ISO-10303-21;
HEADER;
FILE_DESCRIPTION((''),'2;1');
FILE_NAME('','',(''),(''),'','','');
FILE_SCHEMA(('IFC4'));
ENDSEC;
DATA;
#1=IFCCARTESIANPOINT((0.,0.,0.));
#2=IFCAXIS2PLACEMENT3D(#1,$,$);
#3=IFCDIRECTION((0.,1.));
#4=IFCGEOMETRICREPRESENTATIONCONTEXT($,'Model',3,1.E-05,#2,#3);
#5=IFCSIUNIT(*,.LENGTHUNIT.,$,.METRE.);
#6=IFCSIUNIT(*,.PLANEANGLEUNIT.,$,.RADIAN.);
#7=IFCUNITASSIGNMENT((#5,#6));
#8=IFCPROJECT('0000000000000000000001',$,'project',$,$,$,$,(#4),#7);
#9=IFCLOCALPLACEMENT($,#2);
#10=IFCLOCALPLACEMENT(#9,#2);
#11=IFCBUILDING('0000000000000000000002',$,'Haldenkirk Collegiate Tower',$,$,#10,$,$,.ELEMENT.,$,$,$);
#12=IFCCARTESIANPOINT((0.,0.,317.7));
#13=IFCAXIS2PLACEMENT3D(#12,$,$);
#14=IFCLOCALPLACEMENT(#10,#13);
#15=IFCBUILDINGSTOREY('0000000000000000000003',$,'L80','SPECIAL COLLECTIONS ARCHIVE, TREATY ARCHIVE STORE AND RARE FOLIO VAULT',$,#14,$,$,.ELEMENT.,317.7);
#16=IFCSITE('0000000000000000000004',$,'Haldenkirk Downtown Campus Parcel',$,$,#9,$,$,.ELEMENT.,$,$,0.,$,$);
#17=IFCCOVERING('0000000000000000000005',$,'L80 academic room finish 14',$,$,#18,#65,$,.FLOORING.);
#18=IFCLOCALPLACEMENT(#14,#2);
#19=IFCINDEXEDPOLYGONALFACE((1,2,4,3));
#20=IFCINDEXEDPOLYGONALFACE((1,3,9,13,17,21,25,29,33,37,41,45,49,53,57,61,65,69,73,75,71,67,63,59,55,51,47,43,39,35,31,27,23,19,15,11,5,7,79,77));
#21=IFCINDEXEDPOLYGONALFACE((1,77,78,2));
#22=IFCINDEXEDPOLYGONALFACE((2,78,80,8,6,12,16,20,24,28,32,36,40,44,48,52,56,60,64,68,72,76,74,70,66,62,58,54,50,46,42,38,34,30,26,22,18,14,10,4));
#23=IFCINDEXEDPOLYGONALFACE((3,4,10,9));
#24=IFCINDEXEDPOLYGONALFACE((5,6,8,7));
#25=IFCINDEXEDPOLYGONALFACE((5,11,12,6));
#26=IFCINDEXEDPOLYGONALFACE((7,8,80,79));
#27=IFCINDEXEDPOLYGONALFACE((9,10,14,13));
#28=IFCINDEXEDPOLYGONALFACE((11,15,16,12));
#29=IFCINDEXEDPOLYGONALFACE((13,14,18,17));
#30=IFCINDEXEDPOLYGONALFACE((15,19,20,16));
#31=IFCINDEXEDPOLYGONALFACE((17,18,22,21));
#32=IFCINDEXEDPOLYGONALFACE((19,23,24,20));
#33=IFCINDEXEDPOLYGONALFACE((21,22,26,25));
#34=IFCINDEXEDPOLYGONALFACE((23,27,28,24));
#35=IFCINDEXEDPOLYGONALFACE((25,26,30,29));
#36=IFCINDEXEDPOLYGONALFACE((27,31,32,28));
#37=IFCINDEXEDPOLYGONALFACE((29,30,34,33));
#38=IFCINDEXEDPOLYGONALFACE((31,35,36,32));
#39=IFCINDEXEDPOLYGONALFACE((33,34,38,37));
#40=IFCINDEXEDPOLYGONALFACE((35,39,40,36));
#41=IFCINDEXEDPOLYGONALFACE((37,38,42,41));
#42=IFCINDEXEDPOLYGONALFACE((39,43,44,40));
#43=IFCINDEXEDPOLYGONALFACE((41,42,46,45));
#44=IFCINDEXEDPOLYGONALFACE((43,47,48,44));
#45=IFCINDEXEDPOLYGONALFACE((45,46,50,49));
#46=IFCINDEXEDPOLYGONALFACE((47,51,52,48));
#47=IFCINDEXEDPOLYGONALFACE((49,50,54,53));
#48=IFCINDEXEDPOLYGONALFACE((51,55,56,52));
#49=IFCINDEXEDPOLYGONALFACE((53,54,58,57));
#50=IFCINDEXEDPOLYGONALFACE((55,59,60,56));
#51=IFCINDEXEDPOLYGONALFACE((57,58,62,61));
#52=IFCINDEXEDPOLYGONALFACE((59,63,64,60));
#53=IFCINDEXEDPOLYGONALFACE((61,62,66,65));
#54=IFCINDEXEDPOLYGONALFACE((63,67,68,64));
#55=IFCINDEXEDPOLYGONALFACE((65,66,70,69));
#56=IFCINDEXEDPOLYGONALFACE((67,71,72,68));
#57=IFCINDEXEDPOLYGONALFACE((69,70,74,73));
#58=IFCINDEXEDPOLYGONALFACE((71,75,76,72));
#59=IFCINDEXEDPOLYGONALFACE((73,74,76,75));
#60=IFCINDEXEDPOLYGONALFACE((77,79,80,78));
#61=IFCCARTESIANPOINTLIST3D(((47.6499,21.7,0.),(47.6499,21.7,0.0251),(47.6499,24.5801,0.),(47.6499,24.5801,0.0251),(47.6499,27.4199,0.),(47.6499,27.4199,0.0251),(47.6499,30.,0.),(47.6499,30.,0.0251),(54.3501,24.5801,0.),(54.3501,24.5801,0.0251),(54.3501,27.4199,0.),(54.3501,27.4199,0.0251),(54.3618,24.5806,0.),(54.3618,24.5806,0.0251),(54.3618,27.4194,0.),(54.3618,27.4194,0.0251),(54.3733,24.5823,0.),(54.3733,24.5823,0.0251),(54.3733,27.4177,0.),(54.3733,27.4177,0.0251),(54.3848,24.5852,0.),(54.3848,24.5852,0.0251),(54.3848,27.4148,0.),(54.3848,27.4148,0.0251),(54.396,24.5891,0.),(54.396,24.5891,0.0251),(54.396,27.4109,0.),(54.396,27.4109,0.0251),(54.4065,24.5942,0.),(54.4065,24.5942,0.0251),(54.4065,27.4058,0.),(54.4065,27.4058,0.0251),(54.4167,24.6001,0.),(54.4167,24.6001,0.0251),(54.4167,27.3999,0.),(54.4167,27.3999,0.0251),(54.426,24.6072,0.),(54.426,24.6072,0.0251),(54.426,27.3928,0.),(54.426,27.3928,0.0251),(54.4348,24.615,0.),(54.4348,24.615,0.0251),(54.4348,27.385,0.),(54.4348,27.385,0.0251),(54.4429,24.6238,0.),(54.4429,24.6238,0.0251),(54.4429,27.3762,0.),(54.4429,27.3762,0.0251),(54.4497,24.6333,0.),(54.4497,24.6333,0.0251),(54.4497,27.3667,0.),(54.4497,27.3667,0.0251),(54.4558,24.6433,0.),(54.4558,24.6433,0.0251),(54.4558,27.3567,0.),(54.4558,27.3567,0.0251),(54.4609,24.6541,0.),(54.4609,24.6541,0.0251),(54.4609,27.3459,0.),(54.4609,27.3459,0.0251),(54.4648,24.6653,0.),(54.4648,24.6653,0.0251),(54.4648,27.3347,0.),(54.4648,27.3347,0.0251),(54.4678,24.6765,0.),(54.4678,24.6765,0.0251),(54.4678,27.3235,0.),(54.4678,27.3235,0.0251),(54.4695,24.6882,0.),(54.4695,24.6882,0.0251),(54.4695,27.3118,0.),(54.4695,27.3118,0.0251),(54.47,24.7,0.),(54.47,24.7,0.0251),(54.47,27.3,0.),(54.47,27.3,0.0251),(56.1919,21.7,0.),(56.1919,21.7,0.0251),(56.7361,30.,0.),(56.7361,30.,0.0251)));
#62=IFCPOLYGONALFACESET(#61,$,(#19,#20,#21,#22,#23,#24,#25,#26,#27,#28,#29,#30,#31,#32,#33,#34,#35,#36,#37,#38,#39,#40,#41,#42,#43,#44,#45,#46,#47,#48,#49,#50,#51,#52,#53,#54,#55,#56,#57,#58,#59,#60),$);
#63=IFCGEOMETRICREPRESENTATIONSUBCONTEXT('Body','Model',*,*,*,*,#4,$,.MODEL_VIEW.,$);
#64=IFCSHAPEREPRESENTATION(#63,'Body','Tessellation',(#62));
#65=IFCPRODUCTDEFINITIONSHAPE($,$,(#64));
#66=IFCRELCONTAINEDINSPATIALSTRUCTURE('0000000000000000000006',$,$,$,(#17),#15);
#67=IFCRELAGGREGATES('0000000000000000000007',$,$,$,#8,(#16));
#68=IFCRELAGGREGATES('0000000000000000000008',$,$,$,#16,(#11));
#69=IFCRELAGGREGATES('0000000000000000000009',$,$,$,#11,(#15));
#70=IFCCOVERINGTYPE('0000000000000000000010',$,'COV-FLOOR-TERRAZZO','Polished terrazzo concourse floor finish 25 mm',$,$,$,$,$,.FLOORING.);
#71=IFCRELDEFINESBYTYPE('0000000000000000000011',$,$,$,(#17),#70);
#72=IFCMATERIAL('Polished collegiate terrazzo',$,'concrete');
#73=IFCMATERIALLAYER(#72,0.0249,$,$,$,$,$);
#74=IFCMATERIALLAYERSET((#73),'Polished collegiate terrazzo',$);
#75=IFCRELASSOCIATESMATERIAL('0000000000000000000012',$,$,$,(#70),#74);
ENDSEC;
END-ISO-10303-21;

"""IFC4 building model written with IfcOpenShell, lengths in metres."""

from ifc_helpers import new_model, si_unit, direction, frame, origin, place, context, subcontext, project, spatial, polyline, outline, extrude, material, layer, layer_set, type_object, element, save


model = new_model("IFC4")

# Units and contexts
model_context = context("Model", 3, precision=1e-05, world=origin(), true_north=direction((0.0, 1.0)))
body_context = subcontext(model_context, "Body", "Model", "MODEL_VIEW")
ifc_project = project(units=[si_unit("LENGTHUNIT", "METRE"), si_unit("PLANEANGLEUNIT", "RADIAN")], contexts=[model_context])

# Site, building, storey
site_placement = place(None, origin())
site = spatial("IfcSite", under=ifc_project, at=site_placement, Name="Haldenkirk Downtown Campus Parcel", CompositionType="ELEMENT", RefElevation=0.0)
building_placement = place(site_placement, origin())
building = spatial("IfcBuilding", under=site, at=building_placement, Name="Haldenkirk Collegiate Tower", CompositionType="ELEMENT")
storey_placement = place(building_placement, frame((0.0, 0.0, 317.7)))
storey = spatial("IfcBuildingStorey", under=building, at=storey_placement, Name="L80", Description="SPECIAL COLLECTIONS ARCHIVE, TREATY ARCHIVE STORE AND RARE FOLIO VAULT", CompositionType="ELEMENT", Elevation=317.7)

# Covering
ifc_material_1 = material(Name="Polished collegiate terrazzo", Category="concrete")
ifc_layer_1 = layer(ifc_material_1, 0.0249)
ifc_layer_set_1 = layer_set([ifc_layer_1], Name="Polished collegiate terrazzo")
covering_type_1 = type_object("IfcCoveringType", Name="COV-FLOOR-TERRAZZO", Description="Polished terrazzo concourse floor finish 25 mm", PredefinedType="FLOORING", material=ifc_layer_set_1)
covering_1_placement = place(storey_placement, origin())
element("IfcCovering", 1, at=covering_1_placement, inside=storey, type_object=covering_type_1, Name="L80 academic room finish 14", PredefinedType="FLOORING", context=body_context, shape_type="SweptSolid", body=[
    extrude(outline(polyline([(54.3501, 24.5801), (54.3618, 24.5806), (54.3733, 24.5823), (54.3848, 24.5852), (54.396, 24.5891), (54.4065, 24.5942), (54.4167, 24.6001), (54.426, 24.6072), (54.4348, 24.615), (54.4429, 24.6238), (54.4497, 24.6333), (54.4558, 24.6433), (54.4609, 24.6541), (54.4648, 24.6653), (54.4678, 24.6765), (54.4695, 24.6882), (54.47, 24.7), (54.47, 27.3), (54.4695, 27.3118), (54.4678, 27.3235), (54.4648, 27.3347), (54.4609, 27.3459), (54.4558, 27.3567), (54.4497, 27.3667), (54.4429, 27.3762), (54.4348, 27.385), (54.426, 27.3928), (54.4167, 27.3999), (54.4065, 27.4058), (54.396, 27.4109), (54.3848, 27.4148), (54.3733, 27.4177), (54.3618, 27.4194), (54.3501, 27.4199), (47.6499, 27.4199), (47.6499, 30.0), (56.7361, 30.0), (56.1919, 21.7), (47.6499, 21.7), (47.6499, 24.5801), (54.3501, 24.5801)])), origin(), (0.0, 0.0, 1.0), 0.0251),
])

save(model, "model.ifc")
